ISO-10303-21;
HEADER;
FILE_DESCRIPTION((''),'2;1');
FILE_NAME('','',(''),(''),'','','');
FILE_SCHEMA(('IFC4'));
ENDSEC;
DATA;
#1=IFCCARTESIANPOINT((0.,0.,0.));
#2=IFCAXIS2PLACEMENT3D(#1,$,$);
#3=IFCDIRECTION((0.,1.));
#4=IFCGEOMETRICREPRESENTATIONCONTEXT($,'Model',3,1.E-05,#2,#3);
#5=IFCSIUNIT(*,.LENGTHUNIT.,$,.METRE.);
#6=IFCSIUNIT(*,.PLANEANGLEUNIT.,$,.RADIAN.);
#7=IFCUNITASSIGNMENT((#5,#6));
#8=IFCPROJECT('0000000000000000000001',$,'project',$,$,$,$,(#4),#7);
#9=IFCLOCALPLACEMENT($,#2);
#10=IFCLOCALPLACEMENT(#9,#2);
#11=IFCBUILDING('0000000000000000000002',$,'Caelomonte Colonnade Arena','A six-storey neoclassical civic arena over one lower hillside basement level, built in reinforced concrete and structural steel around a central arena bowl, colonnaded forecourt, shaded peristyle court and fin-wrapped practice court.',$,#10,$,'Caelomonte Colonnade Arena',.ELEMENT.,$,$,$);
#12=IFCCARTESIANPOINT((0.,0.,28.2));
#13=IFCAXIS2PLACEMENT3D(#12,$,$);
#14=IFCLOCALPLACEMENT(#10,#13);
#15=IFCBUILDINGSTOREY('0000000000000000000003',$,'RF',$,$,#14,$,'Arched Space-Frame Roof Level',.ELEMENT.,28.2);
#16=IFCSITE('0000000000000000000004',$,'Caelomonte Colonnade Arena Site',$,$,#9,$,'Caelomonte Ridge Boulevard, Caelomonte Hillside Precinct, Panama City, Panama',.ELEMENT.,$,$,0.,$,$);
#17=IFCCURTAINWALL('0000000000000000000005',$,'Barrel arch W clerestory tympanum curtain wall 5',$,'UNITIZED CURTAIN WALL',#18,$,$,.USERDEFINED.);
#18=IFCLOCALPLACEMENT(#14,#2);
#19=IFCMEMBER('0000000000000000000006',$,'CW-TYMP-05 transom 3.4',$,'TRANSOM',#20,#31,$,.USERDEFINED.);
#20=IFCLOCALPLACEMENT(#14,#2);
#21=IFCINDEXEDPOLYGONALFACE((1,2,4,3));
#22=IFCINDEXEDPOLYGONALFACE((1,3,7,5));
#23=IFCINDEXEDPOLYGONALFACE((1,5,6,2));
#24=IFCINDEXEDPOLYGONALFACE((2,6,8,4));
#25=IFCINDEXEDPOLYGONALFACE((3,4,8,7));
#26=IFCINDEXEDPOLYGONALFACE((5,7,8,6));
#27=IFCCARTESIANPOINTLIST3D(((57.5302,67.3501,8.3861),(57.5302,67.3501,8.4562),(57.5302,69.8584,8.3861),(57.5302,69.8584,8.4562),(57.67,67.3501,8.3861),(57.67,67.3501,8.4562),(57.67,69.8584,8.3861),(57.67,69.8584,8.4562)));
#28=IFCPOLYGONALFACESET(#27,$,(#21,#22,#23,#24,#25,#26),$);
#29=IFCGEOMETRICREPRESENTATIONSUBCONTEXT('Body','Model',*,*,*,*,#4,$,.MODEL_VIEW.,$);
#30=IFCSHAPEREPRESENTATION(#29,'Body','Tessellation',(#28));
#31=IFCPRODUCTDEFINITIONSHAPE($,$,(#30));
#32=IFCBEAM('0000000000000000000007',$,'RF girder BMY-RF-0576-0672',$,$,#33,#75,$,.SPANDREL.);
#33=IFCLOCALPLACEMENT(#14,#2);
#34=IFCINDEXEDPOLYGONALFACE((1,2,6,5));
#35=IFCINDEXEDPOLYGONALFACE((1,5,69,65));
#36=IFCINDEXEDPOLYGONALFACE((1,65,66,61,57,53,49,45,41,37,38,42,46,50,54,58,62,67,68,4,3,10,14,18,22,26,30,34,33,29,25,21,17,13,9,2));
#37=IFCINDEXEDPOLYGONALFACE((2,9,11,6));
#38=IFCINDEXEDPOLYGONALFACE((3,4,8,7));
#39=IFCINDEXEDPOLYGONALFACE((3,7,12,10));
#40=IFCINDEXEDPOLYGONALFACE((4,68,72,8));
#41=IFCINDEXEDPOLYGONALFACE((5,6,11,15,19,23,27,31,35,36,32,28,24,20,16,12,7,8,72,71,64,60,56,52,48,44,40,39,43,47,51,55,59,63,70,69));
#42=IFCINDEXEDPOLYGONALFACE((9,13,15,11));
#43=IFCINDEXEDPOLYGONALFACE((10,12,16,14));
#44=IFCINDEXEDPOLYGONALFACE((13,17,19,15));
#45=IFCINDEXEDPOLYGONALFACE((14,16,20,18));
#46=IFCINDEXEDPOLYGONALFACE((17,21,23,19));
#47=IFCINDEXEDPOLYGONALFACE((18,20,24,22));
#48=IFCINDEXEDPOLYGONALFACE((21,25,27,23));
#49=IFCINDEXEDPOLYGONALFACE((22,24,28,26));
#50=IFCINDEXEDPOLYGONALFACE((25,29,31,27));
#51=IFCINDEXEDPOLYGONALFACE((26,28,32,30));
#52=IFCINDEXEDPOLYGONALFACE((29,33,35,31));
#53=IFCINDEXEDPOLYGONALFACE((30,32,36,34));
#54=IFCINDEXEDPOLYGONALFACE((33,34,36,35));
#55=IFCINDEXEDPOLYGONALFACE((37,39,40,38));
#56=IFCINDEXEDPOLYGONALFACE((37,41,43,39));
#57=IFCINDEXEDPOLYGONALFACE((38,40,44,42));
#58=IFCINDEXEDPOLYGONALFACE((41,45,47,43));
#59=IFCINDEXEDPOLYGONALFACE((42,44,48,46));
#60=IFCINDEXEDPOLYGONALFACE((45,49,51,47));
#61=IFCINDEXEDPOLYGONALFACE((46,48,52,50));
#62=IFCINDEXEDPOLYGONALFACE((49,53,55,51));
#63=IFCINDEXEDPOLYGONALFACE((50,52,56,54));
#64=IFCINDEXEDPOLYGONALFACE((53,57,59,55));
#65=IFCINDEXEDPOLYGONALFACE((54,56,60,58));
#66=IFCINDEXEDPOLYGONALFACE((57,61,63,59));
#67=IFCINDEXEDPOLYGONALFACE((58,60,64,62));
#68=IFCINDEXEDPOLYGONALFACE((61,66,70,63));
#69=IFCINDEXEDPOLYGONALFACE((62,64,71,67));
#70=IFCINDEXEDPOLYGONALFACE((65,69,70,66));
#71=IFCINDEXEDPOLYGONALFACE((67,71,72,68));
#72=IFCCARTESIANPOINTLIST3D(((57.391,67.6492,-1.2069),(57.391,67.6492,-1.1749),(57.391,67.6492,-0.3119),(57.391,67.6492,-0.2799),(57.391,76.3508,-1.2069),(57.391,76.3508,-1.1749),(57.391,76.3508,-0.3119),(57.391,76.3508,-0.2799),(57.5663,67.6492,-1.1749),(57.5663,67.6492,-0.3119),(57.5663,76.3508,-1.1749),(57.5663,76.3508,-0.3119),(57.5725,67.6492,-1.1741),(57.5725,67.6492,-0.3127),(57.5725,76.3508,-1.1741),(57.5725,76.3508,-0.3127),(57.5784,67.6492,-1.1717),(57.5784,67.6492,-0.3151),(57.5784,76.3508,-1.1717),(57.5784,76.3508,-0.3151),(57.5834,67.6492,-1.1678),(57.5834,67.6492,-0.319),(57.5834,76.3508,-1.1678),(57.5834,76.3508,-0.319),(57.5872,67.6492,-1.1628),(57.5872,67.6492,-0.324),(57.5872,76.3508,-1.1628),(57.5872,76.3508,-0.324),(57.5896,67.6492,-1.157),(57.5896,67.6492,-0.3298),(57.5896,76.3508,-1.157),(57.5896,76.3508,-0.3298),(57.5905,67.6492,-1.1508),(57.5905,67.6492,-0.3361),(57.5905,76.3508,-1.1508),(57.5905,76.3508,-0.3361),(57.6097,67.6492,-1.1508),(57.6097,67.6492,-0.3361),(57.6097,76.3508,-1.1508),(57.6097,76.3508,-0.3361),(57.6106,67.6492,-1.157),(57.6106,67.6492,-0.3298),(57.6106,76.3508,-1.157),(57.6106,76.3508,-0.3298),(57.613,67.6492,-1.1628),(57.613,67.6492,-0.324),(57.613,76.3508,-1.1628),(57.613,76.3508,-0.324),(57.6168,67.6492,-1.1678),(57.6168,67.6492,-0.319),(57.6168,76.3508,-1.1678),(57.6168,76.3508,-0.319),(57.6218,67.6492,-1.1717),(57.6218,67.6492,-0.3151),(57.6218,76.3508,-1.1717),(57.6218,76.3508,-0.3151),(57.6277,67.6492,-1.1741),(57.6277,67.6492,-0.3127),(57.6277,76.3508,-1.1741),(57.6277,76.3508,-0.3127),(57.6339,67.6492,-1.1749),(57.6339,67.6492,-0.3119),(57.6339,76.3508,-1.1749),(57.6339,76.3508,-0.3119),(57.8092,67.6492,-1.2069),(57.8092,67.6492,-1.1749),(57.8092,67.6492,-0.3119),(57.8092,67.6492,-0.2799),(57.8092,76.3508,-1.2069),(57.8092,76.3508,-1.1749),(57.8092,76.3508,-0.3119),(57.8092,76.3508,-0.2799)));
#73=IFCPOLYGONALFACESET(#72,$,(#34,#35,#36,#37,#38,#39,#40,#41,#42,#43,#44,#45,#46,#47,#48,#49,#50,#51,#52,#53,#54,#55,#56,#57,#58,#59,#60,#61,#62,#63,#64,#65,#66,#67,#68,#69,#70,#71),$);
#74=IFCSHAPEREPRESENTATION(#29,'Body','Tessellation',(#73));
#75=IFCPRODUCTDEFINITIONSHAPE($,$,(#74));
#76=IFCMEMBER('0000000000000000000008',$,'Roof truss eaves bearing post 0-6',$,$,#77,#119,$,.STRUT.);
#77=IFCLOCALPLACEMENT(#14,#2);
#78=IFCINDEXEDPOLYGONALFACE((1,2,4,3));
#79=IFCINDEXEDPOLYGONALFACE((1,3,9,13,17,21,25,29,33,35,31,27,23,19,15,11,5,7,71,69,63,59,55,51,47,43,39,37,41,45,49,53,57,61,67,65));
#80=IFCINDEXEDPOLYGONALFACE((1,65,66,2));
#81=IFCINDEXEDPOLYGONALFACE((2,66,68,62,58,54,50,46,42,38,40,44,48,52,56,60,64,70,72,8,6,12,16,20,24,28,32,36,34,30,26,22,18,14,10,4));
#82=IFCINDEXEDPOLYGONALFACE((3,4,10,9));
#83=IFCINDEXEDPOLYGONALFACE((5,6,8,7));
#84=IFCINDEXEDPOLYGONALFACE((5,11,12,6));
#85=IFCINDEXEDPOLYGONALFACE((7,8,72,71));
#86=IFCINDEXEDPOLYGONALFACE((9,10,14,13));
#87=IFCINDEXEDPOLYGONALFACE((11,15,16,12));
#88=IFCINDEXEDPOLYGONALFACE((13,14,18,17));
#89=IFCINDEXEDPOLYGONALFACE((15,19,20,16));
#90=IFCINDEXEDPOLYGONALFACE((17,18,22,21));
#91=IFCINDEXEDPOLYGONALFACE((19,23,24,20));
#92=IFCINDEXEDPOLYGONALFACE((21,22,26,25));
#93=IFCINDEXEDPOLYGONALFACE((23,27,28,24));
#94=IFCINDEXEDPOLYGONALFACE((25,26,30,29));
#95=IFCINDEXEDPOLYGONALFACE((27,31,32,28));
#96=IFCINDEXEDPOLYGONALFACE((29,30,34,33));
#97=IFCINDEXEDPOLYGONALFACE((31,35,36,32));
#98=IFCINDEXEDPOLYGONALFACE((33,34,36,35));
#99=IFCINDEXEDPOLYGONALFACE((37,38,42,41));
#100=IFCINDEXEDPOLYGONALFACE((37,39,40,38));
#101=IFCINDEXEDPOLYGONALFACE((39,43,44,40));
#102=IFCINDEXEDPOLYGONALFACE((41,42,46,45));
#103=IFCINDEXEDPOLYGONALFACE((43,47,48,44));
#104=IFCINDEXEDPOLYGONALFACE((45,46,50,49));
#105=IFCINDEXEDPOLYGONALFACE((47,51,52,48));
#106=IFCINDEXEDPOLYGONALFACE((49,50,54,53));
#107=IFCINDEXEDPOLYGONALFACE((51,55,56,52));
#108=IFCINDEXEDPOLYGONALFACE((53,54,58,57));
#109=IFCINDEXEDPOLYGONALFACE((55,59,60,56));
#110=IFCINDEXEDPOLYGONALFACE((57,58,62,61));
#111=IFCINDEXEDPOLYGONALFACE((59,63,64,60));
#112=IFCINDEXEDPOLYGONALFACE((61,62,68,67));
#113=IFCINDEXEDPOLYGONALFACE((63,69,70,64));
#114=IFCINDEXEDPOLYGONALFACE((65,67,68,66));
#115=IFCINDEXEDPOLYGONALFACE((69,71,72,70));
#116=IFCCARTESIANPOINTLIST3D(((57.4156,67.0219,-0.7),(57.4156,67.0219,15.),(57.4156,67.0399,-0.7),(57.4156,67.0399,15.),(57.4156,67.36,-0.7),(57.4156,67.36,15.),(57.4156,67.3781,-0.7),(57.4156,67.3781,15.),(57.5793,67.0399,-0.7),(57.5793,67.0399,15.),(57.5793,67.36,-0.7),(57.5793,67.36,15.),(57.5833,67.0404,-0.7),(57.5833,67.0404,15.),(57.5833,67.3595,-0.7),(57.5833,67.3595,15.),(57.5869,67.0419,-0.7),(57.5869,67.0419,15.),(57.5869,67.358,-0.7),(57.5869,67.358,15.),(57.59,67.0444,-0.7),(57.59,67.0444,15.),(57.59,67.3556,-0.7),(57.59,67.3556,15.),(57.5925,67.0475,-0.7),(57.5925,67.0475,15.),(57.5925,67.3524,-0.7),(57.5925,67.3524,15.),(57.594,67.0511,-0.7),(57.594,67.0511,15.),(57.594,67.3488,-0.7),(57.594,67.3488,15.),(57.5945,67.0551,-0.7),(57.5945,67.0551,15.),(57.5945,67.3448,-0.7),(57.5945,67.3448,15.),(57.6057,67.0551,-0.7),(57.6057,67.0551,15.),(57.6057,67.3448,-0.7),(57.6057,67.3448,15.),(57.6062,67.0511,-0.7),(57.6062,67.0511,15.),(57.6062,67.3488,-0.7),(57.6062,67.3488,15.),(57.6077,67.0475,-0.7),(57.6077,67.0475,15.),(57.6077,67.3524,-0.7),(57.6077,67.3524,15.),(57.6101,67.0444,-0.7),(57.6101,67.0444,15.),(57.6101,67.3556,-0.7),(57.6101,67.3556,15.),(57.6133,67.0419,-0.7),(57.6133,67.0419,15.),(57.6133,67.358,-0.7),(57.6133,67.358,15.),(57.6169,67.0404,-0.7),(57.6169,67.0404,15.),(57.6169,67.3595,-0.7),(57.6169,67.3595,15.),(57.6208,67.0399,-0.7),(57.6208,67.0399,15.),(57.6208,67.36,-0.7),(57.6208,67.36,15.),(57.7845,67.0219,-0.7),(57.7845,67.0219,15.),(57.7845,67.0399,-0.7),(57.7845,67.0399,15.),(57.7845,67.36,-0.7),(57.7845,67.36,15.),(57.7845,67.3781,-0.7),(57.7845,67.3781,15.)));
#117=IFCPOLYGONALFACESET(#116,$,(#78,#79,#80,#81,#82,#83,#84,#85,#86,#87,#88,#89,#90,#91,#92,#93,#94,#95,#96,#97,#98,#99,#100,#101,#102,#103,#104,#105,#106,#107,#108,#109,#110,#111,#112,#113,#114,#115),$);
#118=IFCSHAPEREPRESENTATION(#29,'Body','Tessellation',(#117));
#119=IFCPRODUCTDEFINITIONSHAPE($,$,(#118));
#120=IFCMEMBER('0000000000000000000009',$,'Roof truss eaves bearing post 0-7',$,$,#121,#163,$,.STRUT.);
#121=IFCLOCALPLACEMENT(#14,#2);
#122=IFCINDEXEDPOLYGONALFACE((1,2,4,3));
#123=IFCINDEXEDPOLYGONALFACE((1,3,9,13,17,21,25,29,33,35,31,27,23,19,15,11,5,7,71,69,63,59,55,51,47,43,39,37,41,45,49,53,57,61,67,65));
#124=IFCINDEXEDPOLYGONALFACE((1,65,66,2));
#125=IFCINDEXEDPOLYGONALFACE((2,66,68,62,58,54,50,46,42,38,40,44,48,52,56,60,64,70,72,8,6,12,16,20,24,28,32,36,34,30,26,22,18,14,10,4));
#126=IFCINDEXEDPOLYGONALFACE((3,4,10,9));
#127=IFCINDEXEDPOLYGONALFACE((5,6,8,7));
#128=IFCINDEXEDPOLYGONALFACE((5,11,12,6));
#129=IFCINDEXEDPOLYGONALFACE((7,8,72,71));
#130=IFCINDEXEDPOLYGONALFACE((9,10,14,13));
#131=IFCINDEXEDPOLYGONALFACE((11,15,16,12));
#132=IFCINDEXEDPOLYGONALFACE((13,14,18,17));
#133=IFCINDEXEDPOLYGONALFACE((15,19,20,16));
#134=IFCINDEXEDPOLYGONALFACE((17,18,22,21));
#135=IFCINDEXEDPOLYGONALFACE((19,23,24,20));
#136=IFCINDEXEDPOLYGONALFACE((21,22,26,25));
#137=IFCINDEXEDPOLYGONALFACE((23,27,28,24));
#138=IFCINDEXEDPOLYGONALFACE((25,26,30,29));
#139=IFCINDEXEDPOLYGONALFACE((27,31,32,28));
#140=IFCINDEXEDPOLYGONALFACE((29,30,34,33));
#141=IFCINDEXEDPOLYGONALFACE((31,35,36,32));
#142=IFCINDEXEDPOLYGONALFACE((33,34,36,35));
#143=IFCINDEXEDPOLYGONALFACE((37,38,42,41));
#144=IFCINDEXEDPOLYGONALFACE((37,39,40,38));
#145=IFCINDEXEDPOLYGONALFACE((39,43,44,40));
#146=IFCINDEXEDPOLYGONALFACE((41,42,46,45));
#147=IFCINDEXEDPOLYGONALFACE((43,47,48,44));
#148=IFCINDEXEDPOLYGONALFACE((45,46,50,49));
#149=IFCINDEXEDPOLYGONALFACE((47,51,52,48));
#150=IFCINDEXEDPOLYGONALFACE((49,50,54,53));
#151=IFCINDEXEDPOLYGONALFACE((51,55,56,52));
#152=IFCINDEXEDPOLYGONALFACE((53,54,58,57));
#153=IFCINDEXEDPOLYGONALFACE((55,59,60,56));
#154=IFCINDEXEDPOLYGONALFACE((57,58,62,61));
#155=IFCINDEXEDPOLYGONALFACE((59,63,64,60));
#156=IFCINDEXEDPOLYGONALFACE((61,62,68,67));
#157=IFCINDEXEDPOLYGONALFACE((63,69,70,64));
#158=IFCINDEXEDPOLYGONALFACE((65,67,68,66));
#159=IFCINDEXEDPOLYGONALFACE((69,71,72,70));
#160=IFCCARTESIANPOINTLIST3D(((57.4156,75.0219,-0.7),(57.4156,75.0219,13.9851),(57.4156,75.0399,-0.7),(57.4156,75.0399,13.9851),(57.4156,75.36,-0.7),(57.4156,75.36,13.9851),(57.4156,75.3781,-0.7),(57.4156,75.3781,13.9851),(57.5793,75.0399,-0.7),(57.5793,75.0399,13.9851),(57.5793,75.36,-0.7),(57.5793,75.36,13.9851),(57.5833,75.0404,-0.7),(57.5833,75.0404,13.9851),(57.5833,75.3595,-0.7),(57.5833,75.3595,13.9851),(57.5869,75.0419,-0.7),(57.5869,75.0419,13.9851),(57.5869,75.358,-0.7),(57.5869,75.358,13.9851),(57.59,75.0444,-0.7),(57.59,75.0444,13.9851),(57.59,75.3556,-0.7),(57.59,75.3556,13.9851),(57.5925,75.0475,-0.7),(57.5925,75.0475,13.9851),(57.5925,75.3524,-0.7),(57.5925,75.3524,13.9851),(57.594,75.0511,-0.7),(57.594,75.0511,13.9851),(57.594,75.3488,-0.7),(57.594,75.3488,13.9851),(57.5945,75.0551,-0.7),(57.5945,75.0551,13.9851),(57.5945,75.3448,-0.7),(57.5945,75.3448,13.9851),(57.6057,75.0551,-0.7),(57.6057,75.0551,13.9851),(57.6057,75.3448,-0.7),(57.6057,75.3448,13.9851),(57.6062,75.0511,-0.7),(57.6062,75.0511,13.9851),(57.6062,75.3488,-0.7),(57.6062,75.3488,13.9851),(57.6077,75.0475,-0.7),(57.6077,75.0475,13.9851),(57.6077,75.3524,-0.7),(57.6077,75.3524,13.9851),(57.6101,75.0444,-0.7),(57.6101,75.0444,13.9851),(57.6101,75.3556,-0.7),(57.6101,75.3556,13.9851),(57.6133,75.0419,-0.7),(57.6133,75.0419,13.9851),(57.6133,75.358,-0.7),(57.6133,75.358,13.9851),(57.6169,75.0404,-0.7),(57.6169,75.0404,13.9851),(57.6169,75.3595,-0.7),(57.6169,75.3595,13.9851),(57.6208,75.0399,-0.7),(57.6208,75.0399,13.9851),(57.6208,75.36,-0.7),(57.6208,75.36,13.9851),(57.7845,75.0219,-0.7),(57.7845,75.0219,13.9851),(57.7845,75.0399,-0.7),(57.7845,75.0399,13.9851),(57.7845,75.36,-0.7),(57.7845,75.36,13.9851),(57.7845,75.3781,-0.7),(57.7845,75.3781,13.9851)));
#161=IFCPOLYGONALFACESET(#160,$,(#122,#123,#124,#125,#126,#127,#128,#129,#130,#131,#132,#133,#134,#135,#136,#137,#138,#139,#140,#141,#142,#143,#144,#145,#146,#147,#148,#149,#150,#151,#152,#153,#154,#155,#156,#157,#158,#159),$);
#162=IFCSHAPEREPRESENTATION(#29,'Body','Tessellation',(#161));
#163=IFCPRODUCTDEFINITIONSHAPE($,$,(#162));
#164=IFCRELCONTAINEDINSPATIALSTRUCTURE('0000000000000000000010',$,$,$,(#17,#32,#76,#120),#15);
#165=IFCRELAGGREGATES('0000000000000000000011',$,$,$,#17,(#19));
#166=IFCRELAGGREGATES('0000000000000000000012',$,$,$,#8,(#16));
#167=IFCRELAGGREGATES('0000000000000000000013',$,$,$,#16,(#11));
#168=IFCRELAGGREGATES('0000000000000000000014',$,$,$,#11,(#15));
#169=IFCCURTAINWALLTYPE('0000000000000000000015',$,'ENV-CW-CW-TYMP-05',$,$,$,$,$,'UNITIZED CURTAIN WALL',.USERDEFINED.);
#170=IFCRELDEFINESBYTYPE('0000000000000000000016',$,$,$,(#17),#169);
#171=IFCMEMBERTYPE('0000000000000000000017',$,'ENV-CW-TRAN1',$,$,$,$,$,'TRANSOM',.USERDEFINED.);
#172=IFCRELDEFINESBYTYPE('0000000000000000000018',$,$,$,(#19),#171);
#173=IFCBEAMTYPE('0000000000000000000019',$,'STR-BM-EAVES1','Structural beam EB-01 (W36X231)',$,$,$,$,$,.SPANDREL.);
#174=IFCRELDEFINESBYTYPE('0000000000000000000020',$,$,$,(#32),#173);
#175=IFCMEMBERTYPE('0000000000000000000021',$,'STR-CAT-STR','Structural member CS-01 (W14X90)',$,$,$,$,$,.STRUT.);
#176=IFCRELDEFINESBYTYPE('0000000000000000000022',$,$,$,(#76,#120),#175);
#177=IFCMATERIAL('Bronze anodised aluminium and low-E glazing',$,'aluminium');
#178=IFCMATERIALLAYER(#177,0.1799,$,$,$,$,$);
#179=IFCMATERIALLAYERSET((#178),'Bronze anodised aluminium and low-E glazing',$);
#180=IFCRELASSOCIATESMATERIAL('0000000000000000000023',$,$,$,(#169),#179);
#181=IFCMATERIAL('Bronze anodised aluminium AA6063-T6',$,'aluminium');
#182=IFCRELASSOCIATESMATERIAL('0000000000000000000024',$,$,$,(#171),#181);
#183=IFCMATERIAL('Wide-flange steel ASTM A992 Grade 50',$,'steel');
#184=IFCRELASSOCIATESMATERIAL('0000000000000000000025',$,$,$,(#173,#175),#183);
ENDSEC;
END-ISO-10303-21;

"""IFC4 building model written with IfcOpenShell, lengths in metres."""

from ifc_helpers import new_model, si_unit, direction, frame, origin, origin_2d, place, context, subcontext, project, spatial, rectangle, i_section, extrude, material, layer, layer_set, material_profile, profile_set, type_object, element, aggregate, save


model = new_model("IFC4")

# Units and contexts
model_context = context("Model", 3, precision=1e-05, world=origin(), true_north=direction((0.0, 1.0)))
body_context = subcontext(model_context, "Body", "Model", "MODEL_VIEW")
ifc_project = project(units=[si_unit("LENGTHUNIT", "METRE"), si_unit("PLANEANGLEUNIT", "RADIAN")], contexts=[model_context])

# Site, building, storey
site_placement = place(None, origin())
site = spatial("IfcSite", under=ifc_project, at=site_placement, Name="Caelomonte Colonnade Arena Site", LongName="Caelomonte Ridge Boulevard, Caelomonte Hillside Precinct, Panama City, Panama", CompositionType="ELEMENT", RefElevation=0.0)
building_placement = place(site_placement, origin())
building = spatial("IfcBuilding", under=site, at=building_placement, Name="Caelomonte Colonnade Arena", Description="A six-storey neoclassical civic arena over one lower hillside basement level, built in reinforced concrete and structural steel around a central arena bowl, colonnaded forecourt, shaded peristyle court and fin-wrapped practice court.", LongName="Caelomonte Colonnade Arena", CompositionType="ELEMENT")
storey_placement = place(building_placement, frame((0.0, 0.0, 28.2)))
storey = spatial("IfcBuildingStorey", under=building, at=storey_placement, Name="RF", LongName="Arched Space-Frame Roof Level", CompositionType="ELEMENT", Elevation=28.2)

# Curtain wall
ifc_material_1 = material(Name="Bronze anodised aluminium and low-E glazing", Category="aluminium")
ifc_layer_1 = layer(ifc_material_1, 0.1799)
ifc_layer_set_1 = layer_set([ifc_layer_1], Name="Bronze anodised aluminium and low-E glazing")
curtain_wall_type_1 = type_object("IfcCurtainWallType", Name="ENV-CW-CW-TYMP-05", ElementType="UNITIZED CURTAIN WALL", PredefinedType="USERDEFINED", material=ifc_layer_set_1)
curtain_wall_1_placement = place(storey_placement, origin())
curtain_wall_1 = element("IfcCurtainWall", 1, at=curtain_wall_1_placement, inside=storey, type_object=curtain_wall_type_1, Name="Barrel arch W clerestory tympanum curtain wall 5", ObjectType="UNITIZED CURTAIN WALL", PredefinedType="USERDEFINED")
ifc_material_2 = material(Name="Bronze anodised aluminium AA6063-T6", Category="aluminium")

# Member
ifc_material_profile_1 = material_profile(ifc_material_2, rectangle(XDim=0.0701, YDim=0.1399, at=origin_2d()), Name="CWT-70X140")
ifc_profile_set_1 = profile_set([ifc_material_profile_1], Name="Bronze anodised aluminium AA6063-T6")
member_type_1 = type_object("IfcMemberType", Name="ENV-CW-TRAN1", ElementType="TRANSOM", PredefinedType="USERDEFINED", material=ifc_profile_set_1)
member_1_placement = place(storey_placement, frame((57.6001, 69.8584, 8.4211), z_axis=(0.0, -1.0, 0.0), x_axis=(0.0, 0.0, 1.0)))
member_1 = element("IfcMember", 2, at=member_1_placement, type_object=member_type_1, Name="CW-TYMP-05 transom 3.4", ObjectType="TRANSOM", PredefinedType="USERDEFINED", context=body_context, shape_type="SweptSolid", body=[
    extrude(rectangle(XDim=0.0701, YDim=0.1399, at=origin_2d()), origin(), (0.0, 0.0, 1.0), 2.5083),
])

# Beam
ifc_material_3 = material(Name="Wide-flange steel ASTM A992 Grade 50", Category="steel")
ifc_material_profile_2 = material_profile(ifc_material_3, i_section(OverallWidth=0.4182, OverallDepth=0.927, WebThickness=0.0193, FlangeThickness=0.032, FilletRadius=0.0242, at=origin_2d()), Name="W36X231")
ifc_profile_set_2 = profile_set([ifc_material_profile_2], Name="Wide-flange steel ASTM A992 Grade 50")
beam_type = type_object("IfcBeamType", Name="STR-BM-EAVES1", Description="Structural beam EB-01 (W36X231)", PredefinedType="SPANDREL", material=ifc_profile_set_2)
beam_placement = place(storey_placement, frame((57.6001, 67.6492, -0.7434), z_axis=(0.0, 1.0, 0.0), x_axis=(-1.0, 0.0, 0.0)))
element("IfcBeam", 3, at=beam_placement, inside=storey, type_object=beam_type, Name="RF girder BMY-RF-0576-0672", PredefinedType="SPANDREL", context=body_context, shape_type="SweptSolid", body=[
    extrude(i_section(OverallWidth=0.4182, OverallDepth=0.927, WebThickness=0.0193, FlangeThickness=0.032, FilletRadius=0.0242, at=origin_2d()), origin(), (0.0, 0.0, 1.0), 8.7017),
])

# Members
ifc_material_profile_3 = material_profile(ifc_material_3, i_section(OverallWidth=0.3689, OverallDepth=0.3562, WebThickness=0.0112, FlangeThickness=0.0181, FilletRadius=0.0151, at=origin_2d()), Name="W14X90")
ifc_profile_set_3 = profile_set([ifc_material_profile_3], Name="Wide-flange steel ASTM A992 Grade 50")
member_type_2 = type_object("IfcMemberType", Name="STR-CAT-STR", Description="Structural member CS-01 (W14X90)", PredefinedType="STRUT", material=ifc_profile_set_3)
member_2_placement = place(storey_placement, frame((57.6001, 67.2, -0.7), z_axis=(0.0, 0.0, 1.0), x_axis=(1.0, 0.0, 0.0)))
element("IfcMember", 4, at=member_2_placement, inside=storey, type_object=member_type_2, Name="Roof truss eaves bearing post 0-6", PredefinedType="STRUT", context=body_context, shape_type="SweptSolid", body=[
    extrude(i_section(OverallWidth=0.3689, OverallDepth=0.3562, WebThickness=0.0112, FlangeThickness=0.0181, FilletRadius=0.0151, at=origin_2d()), origin(), (0.0, 0.0, 1.0), 15.7),
])
member_3_placement = place(storey_placement, frame((57.6001, 75.2, -0.7), z_axis=(0.0, 0.0, 1.0), x_axis=(1.0, 0.0, 0.0)))
element("IfcMember", 5, at=member_3_placement, inside=storey, type_object=member_type_2, Name="Roof truss eaves bearing post 0-7", PredefinedType="STRUT", context=body_context, shape_type="SweptSolid", body=[
    extrude(i_section(OverallWidth=0.3689, OverallDepth=0.3562, WebThickness=0.0112, FlangeThickness=0.0181, FilletRadius=0.0151, at=origin_2d()), origin(), (0.0, 0.0, 1.0), 14.6851),
])

aggregate(curtain_wall_1, [member_1])

save(model, "model.ifc")
